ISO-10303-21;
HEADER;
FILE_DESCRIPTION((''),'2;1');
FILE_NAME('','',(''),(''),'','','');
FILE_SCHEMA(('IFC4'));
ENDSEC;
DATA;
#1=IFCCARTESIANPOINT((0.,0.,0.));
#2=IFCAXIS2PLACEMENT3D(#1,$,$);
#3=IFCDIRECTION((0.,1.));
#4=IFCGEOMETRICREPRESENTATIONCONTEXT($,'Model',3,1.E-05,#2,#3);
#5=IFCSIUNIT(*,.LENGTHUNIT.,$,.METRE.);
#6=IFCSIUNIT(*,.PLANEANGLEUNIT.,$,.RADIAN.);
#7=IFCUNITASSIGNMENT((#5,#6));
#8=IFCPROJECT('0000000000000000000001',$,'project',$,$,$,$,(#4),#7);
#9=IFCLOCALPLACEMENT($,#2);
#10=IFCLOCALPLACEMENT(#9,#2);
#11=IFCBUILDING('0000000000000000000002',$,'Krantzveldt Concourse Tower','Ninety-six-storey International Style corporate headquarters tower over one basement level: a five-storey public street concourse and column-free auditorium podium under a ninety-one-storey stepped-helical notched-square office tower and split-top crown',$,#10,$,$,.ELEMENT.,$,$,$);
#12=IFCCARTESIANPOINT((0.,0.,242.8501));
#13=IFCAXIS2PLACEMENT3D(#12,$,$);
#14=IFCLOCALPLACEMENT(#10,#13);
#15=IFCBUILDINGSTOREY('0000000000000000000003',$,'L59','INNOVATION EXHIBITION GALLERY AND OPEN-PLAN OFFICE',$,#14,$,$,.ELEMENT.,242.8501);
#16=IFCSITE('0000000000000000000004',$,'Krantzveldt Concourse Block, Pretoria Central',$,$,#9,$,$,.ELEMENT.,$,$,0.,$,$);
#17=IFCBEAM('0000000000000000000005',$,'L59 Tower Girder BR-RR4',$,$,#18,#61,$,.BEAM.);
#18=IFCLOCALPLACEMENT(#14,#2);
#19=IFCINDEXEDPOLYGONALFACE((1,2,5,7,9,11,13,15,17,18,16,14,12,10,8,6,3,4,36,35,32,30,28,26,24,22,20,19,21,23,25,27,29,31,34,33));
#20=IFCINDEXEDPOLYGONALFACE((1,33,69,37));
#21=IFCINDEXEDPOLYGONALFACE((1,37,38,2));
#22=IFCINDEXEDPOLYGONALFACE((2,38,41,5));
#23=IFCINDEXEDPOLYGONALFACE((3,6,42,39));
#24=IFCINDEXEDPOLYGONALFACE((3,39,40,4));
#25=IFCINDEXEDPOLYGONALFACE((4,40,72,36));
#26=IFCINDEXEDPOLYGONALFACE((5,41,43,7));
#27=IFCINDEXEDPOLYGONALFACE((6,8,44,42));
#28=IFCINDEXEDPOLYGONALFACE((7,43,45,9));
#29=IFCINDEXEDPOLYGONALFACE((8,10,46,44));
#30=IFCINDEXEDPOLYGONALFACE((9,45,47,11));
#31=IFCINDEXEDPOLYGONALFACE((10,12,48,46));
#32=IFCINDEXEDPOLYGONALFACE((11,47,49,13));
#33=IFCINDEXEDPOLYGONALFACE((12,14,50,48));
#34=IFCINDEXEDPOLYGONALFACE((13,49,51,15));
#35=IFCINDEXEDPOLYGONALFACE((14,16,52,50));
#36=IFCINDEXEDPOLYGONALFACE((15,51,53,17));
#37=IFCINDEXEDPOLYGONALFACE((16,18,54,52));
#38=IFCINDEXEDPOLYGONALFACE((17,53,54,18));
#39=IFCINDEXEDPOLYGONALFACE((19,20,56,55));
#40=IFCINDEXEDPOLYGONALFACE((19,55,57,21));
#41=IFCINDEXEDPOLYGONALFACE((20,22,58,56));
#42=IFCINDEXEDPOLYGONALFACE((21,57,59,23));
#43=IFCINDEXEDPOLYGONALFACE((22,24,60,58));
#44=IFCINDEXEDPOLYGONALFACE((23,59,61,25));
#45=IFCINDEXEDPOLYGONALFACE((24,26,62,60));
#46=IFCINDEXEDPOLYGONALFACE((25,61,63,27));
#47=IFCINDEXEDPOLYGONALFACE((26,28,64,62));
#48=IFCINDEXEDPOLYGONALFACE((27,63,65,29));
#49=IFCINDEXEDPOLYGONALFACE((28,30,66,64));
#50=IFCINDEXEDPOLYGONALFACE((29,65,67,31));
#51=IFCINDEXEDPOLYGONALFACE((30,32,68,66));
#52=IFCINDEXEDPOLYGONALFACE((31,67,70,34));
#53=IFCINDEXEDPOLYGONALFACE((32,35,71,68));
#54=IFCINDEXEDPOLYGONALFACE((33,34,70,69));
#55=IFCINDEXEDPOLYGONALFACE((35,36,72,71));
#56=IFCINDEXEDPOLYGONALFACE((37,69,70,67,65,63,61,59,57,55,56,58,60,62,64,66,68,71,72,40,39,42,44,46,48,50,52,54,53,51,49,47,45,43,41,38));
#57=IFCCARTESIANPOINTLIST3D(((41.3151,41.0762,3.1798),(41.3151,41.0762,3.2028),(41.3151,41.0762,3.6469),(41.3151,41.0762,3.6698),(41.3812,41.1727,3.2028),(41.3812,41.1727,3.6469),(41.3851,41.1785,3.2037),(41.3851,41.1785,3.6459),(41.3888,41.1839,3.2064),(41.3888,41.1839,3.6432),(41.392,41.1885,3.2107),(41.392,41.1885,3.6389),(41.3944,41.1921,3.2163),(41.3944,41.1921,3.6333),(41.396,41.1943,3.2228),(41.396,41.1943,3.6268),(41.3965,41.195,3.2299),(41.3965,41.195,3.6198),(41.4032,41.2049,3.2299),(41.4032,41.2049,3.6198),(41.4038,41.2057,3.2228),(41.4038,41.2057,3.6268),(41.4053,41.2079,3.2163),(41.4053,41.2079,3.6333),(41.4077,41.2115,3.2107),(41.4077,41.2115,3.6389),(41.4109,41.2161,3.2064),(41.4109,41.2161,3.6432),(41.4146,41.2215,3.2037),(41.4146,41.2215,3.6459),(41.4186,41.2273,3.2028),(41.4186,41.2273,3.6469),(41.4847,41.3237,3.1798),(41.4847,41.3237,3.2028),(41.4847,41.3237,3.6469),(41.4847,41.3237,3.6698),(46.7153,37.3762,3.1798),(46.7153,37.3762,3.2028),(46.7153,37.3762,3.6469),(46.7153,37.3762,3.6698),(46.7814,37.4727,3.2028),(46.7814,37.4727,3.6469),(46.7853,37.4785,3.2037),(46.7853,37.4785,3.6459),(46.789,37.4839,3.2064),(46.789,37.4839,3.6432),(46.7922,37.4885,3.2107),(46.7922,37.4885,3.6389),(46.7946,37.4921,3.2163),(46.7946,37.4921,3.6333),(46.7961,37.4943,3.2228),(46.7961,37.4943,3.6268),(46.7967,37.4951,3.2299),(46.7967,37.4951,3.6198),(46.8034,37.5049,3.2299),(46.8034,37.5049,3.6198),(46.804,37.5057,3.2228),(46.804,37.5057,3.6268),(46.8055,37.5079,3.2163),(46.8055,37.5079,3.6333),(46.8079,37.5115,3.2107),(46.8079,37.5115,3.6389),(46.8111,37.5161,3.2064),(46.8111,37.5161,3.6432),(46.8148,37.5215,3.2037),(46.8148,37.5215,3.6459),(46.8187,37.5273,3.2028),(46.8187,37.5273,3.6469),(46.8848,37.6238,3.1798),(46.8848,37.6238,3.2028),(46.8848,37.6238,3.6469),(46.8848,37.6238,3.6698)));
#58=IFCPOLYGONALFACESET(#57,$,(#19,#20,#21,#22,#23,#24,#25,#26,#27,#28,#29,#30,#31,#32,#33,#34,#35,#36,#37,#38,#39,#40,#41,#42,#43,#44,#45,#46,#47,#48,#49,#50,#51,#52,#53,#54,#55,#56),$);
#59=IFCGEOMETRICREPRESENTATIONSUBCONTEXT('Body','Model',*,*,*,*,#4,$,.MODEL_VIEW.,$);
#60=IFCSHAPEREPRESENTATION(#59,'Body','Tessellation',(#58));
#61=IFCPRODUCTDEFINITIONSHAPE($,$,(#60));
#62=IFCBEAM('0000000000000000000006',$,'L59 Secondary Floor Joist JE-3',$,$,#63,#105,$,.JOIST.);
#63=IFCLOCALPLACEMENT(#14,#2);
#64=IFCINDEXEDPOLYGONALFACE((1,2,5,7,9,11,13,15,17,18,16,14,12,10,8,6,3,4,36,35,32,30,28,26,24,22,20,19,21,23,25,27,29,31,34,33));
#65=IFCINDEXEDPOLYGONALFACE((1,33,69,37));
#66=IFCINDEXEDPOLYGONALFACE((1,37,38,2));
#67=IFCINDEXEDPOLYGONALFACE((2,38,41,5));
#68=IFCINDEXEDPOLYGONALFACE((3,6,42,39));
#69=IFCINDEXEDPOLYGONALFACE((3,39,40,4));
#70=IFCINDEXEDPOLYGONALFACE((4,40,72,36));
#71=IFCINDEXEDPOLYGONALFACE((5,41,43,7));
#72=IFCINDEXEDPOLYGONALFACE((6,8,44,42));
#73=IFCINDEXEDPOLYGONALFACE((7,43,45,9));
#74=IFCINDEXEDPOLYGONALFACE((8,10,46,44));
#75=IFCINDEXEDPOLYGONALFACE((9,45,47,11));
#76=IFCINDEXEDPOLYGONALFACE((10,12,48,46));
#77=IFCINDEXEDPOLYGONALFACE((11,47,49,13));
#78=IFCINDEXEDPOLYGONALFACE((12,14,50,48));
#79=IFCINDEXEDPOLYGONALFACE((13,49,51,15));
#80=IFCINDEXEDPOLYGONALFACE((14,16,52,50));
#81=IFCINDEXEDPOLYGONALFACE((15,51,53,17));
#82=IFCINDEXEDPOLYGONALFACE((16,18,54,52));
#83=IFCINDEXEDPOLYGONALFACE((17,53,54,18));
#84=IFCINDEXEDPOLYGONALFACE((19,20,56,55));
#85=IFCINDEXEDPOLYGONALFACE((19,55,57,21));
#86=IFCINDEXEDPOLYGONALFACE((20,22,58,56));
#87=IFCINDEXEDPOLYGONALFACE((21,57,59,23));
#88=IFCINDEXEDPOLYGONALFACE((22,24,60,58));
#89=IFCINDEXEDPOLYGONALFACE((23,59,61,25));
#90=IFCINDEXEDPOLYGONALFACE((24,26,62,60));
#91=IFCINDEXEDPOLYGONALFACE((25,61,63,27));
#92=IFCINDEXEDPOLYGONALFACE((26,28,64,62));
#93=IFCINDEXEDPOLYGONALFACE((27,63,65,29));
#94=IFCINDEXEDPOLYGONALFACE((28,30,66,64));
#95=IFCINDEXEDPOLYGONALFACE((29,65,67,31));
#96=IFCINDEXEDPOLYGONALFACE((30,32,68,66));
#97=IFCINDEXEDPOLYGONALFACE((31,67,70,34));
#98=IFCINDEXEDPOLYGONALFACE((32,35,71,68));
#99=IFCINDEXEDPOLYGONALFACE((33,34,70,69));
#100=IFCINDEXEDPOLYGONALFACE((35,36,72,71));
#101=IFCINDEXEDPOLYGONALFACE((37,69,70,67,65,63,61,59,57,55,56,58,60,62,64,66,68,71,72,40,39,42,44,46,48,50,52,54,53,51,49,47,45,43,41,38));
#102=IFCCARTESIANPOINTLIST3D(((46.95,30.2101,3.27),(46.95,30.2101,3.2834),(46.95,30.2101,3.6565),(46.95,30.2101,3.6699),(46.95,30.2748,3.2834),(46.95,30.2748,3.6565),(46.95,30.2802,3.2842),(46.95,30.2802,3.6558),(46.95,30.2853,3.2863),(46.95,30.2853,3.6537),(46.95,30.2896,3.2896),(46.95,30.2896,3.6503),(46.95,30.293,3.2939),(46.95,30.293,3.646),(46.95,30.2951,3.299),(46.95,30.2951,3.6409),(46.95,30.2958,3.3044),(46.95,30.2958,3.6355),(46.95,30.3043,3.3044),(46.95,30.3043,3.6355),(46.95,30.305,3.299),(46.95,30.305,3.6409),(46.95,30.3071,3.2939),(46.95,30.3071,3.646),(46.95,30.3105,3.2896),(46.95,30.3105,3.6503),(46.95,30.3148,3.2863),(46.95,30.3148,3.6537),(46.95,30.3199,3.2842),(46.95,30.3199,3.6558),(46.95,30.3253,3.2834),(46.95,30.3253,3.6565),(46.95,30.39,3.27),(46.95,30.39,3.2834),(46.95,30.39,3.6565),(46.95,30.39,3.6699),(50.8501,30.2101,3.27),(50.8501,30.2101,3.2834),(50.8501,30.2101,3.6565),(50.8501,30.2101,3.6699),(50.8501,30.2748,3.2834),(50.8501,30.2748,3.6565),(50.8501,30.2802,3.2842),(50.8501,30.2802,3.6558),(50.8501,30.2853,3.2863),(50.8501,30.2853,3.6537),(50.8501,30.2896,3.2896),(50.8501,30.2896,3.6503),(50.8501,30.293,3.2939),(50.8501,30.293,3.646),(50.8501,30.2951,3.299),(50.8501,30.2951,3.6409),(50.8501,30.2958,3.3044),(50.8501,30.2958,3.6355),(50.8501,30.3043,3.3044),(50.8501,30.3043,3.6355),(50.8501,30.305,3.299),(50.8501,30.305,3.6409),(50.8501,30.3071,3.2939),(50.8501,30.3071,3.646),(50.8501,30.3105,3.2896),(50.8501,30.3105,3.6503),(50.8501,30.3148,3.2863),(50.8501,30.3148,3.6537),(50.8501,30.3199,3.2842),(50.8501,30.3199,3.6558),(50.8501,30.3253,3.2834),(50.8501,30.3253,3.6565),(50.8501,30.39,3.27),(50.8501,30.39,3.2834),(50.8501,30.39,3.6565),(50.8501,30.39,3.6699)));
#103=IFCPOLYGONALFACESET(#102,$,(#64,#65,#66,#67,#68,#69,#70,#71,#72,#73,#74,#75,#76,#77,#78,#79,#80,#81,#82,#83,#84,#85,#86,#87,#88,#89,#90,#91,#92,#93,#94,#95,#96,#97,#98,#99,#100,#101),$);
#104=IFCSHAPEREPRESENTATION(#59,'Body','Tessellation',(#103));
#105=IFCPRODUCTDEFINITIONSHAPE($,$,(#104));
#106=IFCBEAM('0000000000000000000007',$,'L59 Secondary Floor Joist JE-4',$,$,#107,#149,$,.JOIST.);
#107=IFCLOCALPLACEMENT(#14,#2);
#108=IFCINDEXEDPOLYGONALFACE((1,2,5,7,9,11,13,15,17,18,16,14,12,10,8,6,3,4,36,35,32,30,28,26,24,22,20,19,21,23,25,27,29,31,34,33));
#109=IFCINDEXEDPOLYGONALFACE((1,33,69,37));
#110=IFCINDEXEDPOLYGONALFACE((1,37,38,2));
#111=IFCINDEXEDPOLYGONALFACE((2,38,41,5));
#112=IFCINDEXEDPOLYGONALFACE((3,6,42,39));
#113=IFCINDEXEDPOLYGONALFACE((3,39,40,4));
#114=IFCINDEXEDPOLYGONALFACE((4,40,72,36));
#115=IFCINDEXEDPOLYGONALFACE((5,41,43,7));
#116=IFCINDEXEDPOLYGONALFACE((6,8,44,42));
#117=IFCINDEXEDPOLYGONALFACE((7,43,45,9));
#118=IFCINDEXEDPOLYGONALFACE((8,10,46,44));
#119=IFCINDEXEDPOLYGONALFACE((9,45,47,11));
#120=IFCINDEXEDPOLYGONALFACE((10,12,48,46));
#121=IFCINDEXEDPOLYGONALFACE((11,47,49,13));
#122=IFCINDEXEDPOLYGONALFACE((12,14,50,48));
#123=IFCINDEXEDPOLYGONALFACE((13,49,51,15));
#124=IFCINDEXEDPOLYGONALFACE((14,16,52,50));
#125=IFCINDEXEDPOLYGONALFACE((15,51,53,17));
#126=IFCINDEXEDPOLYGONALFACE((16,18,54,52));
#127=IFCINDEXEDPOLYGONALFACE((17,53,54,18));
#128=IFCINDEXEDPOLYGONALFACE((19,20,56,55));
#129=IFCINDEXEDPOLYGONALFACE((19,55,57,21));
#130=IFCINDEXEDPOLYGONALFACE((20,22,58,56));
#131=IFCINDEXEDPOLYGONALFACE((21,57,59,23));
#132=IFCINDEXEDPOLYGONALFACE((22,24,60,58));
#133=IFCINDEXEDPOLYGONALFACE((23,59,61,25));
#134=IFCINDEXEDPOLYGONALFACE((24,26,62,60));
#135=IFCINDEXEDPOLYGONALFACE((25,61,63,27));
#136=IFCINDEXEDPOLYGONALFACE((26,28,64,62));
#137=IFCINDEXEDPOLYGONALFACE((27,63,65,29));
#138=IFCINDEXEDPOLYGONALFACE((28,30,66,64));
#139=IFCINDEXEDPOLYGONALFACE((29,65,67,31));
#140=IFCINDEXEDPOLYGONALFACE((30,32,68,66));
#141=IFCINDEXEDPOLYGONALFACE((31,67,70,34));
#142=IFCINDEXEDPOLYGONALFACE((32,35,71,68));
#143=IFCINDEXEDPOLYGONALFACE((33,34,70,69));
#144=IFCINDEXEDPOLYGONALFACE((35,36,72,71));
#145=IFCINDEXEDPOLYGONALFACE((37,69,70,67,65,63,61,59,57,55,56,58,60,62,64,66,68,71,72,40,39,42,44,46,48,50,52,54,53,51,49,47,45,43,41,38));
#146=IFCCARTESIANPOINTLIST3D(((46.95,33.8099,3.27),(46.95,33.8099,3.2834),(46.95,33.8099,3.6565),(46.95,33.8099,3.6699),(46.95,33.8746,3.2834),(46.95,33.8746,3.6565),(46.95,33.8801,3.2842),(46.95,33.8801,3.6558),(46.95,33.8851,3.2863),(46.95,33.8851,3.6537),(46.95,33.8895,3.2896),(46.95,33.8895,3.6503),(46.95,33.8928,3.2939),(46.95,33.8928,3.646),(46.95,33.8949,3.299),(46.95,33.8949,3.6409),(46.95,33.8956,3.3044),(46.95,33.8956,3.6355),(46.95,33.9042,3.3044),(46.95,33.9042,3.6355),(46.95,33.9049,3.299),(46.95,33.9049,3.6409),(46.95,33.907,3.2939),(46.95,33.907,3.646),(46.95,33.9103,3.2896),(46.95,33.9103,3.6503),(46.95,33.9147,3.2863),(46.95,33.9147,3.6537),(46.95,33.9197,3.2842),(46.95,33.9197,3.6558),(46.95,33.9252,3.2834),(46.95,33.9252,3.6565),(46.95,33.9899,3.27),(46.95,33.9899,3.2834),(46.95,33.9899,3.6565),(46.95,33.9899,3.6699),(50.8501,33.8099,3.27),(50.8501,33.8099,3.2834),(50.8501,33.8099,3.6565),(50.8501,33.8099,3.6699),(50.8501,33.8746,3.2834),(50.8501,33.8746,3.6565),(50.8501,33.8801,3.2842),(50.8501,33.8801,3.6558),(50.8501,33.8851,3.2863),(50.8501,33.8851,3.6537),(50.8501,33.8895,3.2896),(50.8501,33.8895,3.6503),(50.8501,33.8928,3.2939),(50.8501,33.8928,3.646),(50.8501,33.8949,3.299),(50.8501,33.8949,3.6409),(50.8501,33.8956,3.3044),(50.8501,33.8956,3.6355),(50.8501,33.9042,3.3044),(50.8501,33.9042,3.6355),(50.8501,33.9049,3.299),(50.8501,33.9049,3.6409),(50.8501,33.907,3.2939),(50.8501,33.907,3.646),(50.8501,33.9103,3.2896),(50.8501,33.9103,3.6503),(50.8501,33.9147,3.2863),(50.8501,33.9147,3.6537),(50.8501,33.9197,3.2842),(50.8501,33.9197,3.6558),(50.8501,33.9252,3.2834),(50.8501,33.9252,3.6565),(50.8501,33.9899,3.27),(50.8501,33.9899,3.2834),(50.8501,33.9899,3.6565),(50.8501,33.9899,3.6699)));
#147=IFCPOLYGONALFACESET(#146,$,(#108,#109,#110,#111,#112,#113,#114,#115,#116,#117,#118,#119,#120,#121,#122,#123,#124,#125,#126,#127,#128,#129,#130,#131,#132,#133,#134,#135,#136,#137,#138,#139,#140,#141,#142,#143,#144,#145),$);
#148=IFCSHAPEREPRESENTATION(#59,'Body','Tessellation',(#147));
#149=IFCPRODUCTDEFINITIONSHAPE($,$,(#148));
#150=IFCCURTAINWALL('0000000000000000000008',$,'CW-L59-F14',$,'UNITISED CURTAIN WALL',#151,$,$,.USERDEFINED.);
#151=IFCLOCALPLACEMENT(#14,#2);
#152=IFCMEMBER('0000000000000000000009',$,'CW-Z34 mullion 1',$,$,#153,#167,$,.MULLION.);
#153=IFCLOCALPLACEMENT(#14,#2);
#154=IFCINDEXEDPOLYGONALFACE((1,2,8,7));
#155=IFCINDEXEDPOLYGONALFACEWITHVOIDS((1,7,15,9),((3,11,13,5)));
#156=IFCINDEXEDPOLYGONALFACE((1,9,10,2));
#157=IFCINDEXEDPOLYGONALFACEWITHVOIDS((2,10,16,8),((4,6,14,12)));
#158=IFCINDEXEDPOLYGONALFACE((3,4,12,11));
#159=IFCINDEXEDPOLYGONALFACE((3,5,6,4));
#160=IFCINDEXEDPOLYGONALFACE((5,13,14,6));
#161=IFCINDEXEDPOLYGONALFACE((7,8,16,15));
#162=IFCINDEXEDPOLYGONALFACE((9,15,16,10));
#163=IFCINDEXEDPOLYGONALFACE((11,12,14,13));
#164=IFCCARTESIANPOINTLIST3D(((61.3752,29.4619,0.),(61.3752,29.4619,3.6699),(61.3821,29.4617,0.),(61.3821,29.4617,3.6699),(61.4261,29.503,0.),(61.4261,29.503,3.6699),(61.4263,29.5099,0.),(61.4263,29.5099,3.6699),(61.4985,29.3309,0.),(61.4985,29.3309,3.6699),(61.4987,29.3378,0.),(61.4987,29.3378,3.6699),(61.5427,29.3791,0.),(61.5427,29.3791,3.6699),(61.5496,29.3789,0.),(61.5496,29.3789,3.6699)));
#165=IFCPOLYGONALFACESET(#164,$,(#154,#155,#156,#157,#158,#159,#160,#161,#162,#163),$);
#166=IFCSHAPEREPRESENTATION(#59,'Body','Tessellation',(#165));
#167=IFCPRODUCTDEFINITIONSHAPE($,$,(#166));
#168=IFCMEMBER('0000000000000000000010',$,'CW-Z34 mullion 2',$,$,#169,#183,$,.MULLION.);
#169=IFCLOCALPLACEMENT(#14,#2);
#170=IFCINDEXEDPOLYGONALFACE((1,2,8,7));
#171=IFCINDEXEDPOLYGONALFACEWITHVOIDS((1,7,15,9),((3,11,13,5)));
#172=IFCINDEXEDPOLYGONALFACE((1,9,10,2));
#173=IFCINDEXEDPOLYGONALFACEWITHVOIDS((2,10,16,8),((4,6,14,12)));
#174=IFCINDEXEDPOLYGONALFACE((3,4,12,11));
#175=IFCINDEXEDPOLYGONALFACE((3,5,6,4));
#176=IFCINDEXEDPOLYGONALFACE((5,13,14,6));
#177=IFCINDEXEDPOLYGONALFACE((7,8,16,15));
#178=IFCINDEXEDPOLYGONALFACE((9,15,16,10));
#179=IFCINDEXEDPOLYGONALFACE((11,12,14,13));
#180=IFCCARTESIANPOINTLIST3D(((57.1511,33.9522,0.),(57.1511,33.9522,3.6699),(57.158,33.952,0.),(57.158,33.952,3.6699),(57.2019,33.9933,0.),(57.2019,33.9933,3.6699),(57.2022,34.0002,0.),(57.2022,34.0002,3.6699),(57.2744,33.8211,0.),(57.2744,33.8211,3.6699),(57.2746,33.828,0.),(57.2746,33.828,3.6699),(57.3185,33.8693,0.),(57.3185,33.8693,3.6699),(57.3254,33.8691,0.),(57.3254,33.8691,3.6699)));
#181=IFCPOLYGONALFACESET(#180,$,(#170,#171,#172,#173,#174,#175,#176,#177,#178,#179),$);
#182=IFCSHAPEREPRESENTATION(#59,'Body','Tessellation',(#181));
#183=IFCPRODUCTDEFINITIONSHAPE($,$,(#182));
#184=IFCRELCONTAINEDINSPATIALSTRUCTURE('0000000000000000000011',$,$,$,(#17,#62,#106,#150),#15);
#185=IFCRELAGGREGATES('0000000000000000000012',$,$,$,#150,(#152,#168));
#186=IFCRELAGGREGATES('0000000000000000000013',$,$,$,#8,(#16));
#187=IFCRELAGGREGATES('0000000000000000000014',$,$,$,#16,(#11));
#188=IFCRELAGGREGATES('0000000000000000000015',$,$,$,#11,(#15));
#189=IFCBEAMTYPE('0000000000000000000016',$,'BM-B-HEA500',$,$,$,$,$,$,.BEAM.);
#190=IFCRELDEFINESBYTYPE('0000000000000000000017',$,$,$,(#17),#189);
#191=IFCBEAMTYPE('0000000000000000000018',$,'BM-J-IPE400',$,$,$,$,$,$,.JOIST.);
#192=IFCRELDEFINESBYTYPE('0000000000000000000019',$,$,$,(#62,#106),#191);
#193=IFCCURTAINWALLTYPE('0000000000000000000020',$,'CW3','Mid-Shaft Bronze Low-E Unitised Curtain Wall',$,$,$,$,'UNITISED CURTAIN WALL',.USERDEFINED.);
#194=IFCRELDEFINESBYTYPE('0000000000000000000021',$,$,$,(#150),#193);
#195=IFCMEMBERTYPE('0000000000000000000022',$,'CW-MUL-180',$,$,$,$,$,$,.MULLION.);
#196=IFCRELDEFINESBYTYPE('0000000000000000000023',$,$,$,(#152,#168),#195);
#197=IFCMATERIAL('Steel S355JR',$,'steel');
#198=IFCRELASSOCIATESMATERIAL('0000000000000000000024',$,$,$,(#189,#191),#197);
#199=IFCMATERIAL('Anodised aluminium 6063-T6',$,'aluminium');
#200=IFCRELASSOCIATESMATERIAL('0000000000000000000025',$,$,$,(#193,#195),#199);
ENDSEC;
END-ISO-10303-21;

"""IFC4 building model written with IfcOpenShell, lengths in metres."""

from ifc_helpers import new_model, si_unit, direction, frame, origin, origin_2d, place, context, subcontext, project, spatial, hollow_rectangle, i_section, extrude, source, transform, mapped, material, material_profile, profile_set, type_object, type_shapes, element, aggregate, save


model = new_model("IFC4")

# Units and contexts
model_context = context("Model", 3, precision=1e-05, world=origin(), true_north=direction((0.0, 1.0)))
body_context = subcontext(model_context, "Body", "Model", "MODEL_VIEW")
ifc_project = project(units=[si_unit("LENGTHUNIT", "METRE"), si_unit("PLANEANGLEUNIT", "RADIAN")], contexts=[model_context])

# Site, building, storey
site_placement = place(None, origin())
site = spatial("IfcSite", under=ifc_project, at=site_placement, Name="Krantzveldt Concourse Block, Pretoria Central", CompositionType="ELEMENT", RefElevation=0.0)
building_placement = place(site_placement, origin())
building = spatial("IfcBuilding", under=site, at=building_placement, Name="Krantzveldt Concourse Tower", Description="Ninety-six-storey International Style corporate headquarters tower over one basement level: a five-storey public street concourse and column-free auditorium podium under a ninety-one-storey stepped-helical notched-square office tower and split-top crown", CompositionType="ELEMENT")
storey_placement = place(building_placement, frame((0.0, 0.0, 242.8501)))
storey = spatial("IfcBuildingStorey", under=building, at=storey_placement, Name="L59", Description="INNOVATION EXHIBITION GALLERY AND OPEN-PLAN OFFICE", CompositionType="ELEMENT", Elevation=242.8501)

# Beams
ifc_material_1 = material(Name="Steel S355JR", Category="steel")
ifc_material_profile_1 = material_profile(ifc_material_1, i_section(OverallWidth=0.3, OverallDepth=0.49, WebThickness=0.012, FlangeThickness=0.0229, FilletRadius=0.0271, at=origin_2d()), Name="Steel S355JR", Category="steel")
ifc_profile_set_1 = profile_set([ifc_material_profile_1], Name="Steel S355JR - HEA 500")
beam_type_1 = type_object("IfcBeamType", Name="BM-B-HEA500", PredefinedType="BEAM", material=ifc_profile_set_1)
shared_shape_1 = source(origin(), body_context, "Body", "SweptSolid", [
    extrude(i_section(OverallWidth=0.3, OverallDepth=0.49, WebThickness=0.012, FlangeThickness=0.0229, FilletRadius=0.0271, at=origin_2d()), origin(), (0.0, 0.0, 1.0), 6.5461),
])
beam_1_placement = place(storey_placement, frame((46.8, 37.5, 3.4248), z_axis=(-0.824943, 0.565216, 0.0), x_axis=(-0.565216, -0.824943, 0.0)))
element("IfcBeam", 1, at=beam_1_placement, inside=storey, type_object=beam_type_1, Name="L59 Tower Girder BR-RR4", PredefinedType="BEAM", context=body_context, shape_type="MappedRepresentation", body=[
    mapped(shared_shape_1, transform((0.0, 0.0, 0.0), x_axis=(1.0, 0.0, 0.0), y_axis=(0.0, 1.0, 0.0), z_axis=(0.0, 0.0, 1.0), scale=1.0)),
])
ifc_material_profile_2 = material_profile(ifc_material_1, i_section(OverallWidth=0.1799, OverallDepth=0.3999, WebThickness=0.0085, FlangeThickness=0.0134, FilletRadius=0.021, at=origin_2d()), Name="Steel S355JR", Category="steel")
ifc_profile_set_2 = profile_set([ifc_material_profile_2], Name="Steel S355JR - IPE 400")
beam_type_2 = type_object("IfcBeamType", Name="BM-J-IPE400", PredefinedType="JOIST", material=ifc_profile_set_2)
shared_shape_2 = source(origin(), body_context, "Body", "SweptSolid", [
    extrude(i_section(OverallWidth=0.1799, OverallDepth=0.3999, WebThickness=0.0085, FlangeThickness=0.0134, FilletRadius=0.021, at=origin_2d()), origin(), (0.0, 0.0, 1.0), 3.9001),
])
type_shapes(beam_type_2, [shared_shape_2])
for number, where, z_axis, x_axis, name in (
    (2, (46.95, 30.3, 3.47), (1.0, 0.0, 0.0), (0.0, 1.0, 0.0), "L59 Secondary Floor Joist JE-3"),
    (3, (46.95, 33.8999, 3.47), (1.0, 0.0, 0.0), (0.0, 1.0, 0.0), "L59 Secondary Floor Joist JE-4"),
):
    element("IfcBeam", number, at=place(storey_placement, frame(where, z_axis=z_axis, x_axis=x_axis)), inside=storey, type_object=beam_type_2, Name=name, PredefinedType="JOIST", context=body_context, shape_type="MappedRepresentation", body=[
        mapped(shared_shape_2, transform((0.0, 0.0, 0.0), x_axis=(1.0, 0.0, 0.0), y_axis=(0.0, 1.0, 0.0), z_axis=(0.0, 0.0, 1.0), scale=1.0)),
    ])

# Curtain wall, members
ifc_material_2 = material(Name="Anodised aluminium 6063-T6", Category="aluminium")
curtain_wall_type = type_object("IfcCurtainWallType", Name="CW3", Description="Mid-Shaft Bronze Low-E Unitised Curtain Wall", ElementType="UNITISED CURTAIN WALL", PredefinedType="USERDEFINED", material=ifc_material_2)
curtain_wall_placement = place(storey_placement, origin())
curtain_wall = element("IfcCurtainWall", 4, at=curtain_wall_placement, inside=storey, type_object=curtain_wall_type, Name="CW-L59-F14", ObjectType="UNITISED CURTAIN WALL", PredefinedType="USERDEFINED")
ifc_material_profile_3 = material_profile(ifc_material_2, hollow_rectangle(XDim=0.0701, YDim=0.1799, WallThickness=0.0049, at=origin_2d()), Name="Anodised aluminium 6063-T6", Category="aluminium")
ifc_profile_set_3 = profile_set([ifc_material_profile_3], Name="Anodised aluminium 6063-T6 - ALU-MULL 180x70x5")
member_type_1 = type_object("IfcMemberType", Name="CW-MUL-180", PredefinedType="MULLION", material=ifc_profile_set_3)
shared_shape_3 = source(origin(), body_context, "Body", "SweptSolid", [
    extrude(hollow_rectangle(XDim=0.0701, YDim=0.1799, WallThickness=0.0049, at=origin_2d()), origin(), (0.0, 0.0, 1.0), 3.6699),
])
type_shapes(member_type_1, [shared_shape_3])
member_1_placement = place(storey_placement, frame((61.4624, 29.4204, 0.0), z_axis=(0.0, 0.0, 1.0), x_axis=(-0.728371, -0.685183, 0.0)))
member_1 = element("IfcMember", 5, at=member_1_placement, type_object=member_type_1, Name="CW-Z34 mullion 1", PredefinedType="MULLION", context=body_context, shape_type="MappedRepresentation", body=[
    mapped(shared_shape_3, transform((0.0, 0.0, 0.0), x_axis=(1.0, 0.0, 0.0), y_axis=(0.0, 1.0, 0.0), z_axis=(0.0, 0.0, 1.0), scale=1.0)),
])
member_2_placement = place(storey_placement, frame((57.2383, 33.9106, 0.0), z_axis=(0.0, 0.0, 1.0), x_axis=(-0.728371, -0.685183, 0.0)))
member_2 = element("IfcMember", 6, at=member_2_placement, type_object=member_type_1, Name="CW-Z34 mullion 2", PredefinedType="MULLION", context=body_context, shape_type="MappedRepresentation", body=[
    mapped(shared_shape_3, transform((0.0, 0.0, 0.0), x_axis=(1.0, 0.0, 0.0), y_axis=(0.0, 1.0, 0.0), z_axis=(0.0, 0.0, 1.0), scale=1.0)),
])
aggregate(curtain_wall, [member_1, member_2])

save(model, "model.ifc")
